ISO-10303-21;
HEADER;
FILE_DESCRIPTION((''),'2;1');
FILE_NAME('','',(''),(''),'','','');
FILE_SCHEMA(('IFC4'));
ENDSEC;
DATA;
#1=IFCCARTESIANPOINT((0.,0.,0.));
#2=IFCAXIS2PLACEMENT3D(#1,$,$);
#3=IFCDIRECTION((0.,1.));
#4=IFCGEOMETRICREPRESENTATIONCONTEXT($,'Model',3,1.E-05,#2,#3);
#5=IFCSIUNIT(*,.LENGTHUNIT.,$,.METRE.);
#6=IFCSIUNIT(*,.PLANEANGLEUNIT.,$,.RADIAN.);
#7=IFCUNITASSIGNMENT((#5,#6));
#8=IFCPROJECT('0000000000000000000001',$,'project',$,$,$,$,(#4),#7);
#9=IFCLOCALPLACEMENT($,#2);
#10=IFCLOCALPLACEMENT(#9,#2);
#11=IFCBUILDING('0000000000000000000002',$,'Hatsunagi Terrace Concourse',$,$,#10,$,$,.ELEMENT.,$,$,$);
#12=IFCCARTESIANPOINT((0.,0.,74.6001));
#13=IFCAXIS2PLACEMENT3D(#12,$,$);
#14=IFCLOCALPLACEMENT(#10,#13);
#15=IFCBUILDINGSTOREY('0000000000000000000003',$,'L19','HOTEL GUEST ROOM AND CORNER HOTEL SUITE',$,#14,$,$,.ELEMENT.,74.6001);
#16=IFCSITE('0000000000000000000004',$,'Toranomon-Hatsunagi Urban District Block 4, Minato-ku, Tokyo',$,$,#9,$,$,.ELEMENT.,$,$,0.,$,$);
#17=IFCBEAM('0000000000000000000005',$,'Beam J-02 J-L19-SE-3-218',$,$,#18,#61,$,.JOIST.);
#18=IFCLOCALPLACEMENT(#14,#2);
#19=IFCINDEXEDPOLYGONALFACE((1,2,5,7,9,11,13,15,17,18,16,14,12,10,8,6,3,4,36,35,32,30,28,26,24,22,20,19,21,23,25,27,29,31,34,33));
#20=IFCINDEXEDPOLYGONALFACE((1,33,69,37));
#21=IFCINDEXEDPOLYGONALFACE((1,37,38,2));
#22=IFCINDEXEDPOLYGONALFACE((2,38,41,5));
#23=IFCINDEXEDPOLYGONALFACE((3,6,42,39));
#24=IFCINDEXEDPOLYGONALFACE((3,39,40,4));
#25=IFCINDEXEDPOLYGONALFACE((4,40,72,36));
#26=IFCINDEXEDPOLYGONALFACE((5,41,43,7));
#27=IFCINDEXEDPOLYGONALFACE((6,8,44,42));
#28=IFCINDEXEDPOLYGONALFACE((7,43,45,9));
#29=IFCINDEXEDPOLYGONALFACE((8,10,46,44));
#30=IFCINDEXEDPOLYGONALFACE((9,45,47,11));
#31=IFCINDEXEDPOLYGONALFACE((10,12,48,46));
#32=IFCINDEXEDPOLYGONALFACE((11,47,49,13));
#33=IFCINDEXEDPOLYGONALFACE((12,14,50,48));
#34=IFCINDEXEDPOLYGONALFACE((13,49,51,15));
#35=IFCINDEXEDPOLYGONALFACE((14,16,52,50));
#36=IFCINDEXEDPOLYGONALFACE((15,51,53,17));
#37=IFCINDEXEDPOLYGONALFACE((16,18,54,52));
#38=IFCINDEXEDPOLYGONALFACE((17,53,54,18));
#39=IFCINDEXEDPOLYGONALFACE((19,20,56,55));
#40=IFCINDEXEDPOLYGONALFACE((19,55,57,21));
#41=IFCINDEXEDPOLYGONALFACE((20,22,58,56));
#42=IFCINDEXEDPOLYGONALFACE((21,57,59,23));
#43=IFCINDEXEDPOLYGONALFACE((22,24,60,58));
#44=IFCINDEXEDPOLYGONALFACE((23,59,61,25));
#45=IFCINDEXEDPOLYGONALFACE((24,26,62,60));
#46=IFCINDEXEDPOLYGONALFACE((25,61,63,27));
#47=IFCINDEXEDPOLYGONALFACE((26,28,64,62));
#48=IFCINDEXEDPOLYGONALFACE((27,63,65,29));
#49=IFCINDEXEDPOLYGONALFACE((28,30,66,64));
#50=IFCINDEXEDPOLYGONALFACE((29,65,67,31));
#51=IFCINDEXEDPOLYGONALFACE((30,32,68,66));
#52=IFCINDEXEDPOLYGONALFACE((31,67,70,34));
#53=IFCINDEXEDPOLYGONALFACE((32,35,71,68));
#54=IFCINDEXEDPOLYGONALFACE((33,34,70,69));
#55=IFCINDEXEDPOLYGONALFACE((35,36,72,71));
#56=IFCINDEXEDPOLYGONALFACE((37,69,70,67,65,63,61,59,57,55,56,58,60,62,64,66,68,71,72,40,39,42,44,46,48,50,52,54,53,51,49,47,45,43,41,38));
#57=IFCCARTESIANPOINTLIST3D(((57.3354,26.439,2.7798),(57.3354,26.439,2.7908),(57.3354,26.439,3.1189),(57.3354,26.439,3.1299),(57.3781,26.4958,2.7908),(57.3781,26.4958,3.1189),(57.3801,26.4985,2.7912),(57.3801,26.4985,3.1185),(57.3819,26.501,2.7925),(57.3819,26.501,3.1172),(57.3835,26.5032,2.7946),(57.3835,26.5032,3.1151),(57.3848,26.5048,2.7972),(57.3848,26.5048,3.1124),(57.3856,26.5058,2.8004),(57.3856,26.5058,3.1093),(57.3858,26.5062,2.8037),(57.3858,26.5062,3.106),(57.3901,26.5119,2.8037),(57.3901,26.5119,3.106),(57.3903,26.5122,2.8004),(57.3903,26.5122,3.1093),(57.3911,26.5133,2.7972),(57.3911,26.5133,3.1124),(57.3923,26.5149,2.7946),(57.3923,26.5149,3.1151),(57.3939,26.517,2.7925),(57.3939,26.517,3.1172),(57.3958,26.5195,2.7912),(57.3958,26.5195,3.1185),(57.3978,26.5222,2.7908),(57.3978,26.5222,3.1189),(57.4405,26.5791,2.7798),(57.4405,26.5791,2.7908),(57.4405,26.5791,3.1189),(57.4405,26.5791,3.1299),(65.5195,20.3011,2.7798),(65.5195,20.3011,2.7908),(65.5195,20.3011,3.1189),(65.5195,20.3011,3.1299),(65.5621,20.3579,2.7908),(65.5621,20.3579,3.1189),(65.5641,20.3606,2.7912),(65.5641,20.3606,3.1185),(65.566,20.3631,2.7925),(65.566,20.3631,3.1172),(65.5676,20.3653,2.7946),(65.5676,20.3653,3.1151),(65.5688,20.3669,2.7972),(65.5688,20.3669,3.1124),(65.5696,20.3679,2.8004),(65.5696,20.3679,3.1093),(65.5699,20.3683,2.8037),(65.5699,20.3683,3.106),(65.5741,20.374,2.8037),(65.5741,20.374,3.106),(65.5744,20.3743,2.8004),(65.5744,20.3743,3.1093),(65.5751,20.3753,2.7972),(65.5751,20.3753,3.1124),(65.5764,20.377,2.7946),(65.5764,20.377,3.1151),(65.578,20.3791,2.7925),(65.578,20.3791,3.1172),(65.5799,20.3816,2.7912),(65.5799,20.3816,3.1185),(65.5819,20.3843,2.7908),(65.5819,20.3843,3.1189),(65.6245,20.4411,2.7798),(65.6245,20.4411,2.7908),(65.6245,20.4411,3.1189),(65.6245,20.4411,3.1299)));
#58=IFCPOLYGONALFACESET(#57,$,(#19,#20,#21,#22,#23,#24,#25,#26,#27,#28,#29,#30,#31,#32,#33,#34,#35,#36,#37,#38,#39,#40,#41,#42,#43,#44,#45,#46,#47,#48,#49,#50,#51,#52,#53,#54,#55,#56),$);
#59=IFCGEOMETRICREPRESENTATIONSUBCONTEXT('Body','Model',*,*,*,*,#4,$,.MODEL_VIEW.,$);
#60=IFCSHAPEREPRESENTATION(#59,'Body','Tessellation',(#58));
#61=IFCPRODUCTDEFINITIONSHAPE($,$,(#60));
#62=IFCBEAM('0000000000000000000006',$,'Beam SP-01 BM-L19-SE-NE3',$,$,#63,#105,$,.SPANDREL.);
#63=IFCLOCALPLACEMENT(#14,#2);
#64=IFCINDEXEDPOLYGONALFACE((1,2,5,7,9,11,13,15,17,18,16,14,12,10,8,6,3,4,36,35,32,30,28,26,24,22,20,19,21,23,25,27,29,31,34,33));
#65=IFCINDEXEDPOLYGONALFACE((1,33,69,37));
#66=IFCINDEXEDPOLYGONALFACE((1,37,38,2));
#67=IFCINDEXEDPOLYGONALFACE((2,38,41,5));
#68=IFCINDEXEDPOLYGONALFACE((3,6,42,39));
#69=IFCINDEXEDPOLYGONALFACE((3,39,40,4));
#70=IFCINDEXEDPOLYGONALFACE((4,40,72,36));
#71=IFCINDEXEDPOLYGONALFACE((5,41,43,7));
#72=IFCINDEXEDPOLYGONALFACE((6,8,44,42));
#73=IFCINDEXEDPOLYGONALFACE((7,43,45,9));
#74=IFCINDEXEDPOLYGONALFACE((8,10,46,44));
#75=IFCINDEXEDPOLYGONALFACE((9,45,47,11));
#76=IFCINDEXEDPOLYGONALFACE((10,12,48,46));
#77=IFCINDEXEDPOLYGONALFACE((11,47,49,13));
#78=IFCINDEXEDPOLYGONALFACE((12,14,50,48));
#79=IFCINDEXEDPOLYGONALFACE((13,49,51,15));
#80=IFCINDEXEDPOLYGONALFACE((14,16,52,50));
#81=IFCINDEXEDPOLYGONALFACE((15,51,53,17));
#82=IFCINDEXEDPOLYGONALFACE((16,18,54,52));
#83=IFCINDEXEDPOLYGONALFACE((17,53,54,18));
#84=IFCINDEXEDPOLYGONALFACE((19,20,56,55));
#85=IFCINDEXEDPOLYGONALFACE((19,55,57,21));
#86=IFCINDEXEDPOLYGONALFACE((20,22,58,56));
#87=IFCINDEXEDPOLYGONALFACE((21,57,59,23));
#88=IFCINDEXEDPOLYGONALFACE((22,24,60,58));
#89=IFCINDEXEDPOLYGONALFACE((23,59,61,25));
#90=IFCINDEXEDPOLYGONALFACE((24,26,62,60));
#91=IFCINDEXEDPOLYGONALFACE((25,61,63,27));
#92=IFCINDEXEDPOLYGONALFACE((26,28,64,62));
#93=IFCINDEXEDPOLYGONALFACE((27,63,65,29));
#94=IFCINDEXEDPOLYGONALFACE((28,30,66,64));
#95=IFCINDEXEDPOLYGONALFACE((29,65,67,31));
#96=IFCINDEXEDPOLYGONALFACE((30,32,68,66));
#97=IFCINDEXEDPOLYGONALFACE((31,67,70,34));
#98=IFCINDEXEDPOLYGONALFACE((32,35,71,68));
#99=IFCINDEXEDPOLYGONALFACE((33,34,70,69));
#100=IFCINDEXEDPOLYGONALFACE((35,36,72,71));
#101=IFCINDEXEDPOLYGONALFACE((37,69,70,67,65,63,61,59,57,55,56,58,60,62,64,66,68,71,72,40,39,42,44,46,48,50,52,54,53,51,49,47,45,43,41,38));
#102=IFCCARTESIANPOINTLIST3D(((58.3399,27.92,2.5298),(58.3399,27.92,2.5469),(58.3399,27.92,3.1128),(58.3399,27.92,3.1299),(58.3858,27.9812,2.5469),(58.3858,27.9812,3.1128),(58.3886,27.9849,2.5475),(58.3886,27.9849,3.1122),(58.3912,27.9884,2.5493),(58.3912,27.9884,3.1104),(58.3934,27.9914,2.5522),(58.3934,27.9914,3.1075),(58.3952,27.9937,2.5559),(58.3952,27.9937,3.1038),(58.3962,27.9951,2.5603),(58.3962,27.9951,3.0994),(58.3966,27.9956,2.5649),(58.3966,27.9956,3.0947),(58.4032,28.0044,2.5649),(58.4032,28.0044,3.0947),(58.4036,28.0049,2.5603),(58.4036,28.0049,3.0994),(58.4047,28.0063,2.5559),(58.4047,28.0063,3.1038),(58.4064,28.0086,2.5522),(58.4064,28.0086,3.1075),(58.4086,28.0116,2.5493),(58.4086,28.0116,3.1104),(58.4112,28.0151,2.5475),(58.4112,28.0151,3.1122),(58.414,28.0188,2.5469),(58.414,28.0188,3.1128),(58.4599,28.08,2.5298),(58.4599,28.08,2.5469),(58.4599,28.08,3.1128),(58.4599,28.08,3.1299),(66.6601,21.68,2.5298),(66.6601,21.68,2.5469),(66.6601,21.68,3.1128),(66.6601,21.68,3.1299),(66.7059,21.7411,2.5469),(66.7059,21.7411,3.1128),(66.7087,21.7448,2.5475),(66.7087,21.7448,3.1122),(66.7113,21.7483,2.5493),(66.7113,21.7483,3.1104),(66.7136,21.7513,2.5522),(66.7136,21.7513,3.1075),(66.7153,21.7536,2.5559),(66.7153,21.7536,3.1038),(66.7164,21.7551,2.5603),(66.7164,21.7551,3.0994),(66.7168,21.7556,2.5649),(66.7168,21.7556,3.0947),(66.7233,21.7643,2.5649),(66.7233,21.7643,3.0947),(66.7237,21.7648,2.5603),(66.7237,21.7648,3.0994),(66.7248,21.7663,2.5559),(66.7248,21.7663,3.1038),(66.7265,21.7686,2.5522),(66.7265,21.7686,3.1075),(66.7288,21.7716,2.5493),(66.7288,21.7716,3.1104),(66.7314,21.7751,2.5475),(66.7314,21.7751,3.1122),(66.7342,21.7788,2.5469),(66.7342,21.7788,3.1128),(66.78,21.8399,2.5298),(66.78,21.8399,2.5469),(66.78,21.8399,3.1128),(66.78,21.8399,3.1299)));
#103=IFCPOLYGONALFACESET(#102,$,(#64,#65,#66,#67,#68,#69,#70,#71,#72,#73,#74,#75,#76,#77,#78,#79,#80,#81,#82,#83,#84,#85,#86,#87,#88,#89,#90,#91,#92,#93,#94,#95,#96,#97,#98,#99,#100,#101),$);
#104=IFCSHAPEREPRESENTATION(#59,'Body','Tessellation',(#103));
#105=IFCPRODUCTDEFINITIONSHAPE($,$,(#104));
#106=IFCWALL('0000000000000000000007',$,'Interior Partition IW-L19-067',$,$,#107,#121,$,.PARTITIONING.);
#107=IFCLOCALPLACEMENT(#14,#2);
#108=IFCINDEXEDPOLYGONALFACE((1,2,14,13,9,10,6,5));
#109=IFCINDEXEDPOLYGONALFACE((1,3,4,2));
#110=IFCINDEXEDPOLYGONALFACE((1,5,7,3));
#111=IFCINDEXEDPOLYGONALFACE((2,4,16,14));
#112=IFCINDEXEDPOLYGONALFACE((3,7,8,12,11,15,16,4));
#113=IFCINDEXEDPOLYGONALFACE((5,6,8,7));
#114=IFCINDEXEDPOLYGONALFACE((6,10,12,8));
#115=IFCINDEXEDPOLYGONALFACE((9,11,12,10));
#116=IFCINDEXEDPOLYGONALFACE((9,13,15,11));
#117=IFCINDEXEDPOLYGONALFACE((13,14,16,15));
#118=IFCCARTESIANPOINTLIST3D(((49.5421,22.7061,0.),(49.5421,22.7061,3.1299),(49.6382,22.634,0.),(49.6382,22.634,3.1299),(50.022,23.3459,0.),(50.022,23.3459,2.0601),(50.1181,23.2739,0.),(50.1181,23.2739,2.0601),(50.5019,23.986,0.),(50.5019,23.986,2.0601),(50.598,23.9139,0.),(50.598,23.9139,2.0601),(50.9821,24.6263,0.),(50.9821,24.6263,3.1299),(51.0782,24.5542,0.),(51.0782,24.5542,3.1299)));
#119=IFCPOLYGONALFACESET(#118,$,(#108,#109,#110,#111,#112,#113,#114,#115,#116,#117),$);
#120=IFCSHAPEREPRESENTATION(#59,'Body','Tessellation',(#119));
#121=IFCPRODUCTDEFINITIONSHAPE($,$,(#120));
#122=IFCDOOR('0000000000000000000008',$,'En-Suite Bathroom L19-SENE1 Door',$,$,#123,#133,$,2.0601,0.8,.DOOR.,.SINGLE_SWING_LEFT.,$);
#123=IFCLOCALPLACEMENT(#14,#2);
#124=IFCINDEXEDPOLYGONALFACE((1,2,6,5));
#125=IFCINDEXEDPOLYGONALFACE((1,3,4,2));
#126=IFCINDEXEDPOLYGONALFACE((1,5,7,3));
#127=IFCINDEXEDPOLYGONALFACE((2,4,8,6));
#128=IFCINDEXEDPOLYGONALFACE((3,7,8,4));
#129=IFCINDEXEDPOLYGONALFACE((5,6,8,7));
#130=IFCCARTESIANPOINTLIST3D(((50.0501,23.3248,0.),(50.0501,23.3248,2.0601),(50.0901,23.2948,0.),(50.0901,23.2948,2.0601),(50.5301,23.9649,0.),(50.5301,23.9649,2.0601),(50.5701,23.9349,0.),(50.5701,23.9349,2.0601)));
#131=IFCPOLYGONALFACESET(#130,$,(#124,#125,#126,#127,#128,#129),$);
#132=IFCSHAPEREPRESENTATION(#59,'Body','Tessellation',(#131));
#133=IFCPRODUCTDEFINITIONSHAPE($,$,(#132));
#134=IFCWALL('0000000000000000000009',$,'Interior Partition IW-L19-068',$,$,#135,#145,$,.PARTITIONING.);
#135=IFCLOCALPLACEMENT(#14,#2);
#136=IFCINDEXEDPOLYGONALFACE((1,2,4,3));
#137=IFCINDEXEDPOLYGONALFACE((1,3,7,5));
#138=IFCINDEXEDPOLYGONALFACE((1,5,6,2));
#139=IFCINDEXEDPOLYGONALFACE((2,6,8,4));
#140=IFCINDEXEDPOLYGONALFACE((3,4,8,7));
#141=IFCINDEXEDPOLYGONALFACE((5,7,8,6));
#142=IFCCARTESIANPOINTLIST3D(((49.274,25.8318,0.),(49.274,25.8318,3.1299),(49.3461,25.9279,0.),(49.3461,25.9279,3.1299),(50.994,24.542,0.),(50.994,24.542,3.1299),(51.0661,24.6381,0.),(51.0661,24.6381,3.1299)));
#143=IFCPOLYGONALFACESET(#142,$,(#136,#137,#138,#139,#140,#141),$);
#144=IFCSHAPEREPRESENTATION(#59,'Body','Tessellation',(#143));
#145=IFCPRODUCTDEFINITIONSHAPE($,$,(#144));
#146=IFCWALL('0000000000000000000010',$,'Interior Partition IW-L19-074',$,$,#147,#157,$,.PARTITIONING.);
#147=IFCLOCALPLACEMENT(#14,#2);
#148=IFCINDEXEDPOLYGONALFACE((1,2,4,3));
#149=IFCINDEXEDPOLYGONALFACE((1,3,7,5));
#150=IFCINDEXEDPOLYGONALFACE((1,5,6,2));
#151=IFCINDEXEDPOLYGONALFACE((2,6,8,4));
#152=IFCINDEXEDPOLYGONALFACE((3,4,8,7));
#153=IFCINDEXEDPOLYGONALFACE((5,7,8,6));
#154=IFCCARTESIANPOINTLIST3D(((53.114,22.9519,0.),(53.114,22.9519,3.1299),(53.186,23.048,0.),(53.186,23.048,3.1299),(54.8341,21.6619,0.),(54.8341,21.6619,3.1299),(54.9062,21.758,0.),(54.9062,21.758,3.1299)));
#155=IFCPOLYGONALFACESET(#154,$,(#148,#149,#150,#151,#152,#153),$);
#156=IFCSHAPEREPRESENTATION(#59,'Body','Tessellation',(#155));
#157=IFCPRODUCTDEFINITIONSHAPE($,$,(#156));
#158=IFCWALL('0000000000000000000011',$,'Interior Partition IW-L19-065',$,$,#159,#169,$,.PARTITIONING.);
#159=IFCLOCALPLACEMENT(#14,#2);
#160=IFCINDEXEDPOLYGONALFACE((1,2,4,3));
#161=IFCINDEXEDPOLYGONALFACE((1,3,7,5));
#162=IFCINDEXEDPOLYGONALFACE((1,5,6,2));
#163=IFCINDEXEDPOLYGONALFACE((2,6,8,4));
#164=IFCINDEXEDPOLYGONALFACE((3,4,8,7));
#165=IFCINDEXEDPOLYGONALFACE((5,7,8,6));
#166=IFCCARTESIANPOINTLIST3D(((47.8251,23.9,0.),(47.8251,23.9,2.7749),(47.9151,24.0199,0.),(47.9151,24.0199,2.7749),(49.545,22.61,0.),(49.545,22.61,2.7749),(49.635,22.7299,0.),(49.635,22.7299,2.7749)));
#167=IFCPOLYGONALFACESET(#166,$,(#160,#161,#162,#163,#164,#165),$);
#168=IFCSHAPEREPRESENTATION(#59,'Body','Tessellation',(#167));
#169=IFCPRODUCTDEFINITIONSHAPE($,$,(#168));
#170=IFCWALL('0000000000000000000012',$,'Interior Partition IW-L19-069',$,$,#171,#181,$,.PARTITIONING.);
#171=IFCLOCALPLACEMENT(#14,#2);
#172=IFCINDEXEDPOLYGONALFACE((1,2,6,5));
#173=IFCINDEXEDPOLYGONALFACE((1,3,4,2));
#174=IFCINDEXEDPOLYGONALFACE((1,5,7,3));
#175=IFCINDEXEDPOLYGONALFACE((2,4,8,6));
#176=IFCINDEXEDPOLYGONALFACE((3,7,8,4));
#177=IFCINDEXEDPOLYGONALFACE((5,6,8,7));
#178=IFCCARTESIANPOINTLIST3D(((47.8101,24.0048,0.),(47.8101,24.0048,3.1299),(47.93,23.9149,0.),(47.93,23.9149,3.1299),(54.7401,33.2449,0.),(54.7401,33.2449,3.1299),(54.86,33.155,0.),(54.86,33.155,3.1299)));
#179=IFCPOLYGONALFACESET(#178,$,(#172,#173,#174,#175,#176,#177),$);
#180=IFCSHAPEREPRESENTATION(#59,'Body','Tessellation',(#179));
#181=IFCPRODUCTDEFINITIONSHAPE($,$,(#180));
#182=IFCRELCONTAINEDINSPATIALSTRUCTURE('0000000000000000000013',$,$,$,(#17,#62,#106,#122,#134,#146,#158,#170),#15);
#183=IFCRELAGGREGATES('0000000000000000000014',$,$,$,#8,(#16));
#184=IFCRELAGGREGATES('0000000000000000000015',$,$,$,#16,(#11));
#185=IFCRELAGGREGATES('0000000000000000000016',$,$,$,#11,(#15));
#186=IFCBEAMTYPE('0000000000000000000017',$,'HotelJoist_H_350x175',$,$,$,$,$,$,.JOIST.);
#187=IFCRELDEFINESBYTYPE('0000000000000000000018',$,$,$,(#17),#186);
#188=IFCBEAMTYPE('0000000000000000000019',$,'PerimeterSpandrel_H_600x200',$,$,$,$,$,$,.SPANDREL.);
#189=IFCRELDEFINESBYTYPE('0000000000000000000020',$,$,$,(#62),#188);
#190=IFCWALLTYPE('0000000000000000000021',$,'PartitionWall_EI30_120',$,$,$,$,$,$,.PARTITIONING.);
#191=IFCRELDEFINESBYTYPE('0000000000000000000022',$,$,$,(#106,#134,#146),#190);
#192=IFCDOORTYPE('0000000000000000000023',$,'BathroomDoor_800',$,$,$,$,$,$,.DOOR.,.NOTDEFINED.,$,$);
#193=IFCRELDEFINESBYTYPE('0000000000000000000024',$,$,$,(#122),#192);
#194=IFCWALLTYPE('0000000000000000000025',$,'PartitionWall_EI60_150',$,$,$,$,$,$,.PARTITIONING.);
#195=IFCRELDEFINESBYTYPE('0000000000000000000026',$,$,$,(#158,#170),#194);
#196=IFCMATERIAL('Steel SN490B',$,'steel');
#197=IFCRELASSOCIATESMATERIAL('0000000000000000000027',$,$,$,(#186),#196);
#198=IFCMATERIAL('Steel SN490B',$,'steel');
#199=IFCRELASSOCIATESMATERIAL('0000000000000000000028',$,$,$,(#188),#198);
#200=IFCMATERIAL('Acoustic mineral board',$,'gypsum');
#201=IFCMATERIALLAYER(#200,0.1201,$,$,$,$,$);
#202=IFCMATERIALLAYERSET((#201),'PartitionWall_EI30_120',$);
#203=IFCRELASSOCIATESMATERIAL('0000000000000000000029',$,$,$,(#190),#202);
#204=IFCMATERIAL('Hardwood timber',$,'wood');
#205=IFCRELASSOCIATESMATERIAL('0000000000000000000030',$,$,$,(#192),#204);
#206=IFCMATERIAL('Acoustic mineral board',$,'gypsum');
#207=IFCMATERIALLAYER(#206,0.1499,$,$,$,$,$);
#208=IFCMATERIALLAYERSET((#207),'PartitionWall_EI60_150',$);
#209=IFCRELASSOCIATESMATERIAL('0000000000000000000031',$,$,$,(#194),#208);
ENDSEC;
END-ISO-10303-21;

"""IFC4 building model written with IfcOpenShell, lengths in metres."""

from ifc_helpers import new_model, si_unit, direction, frame, frame_2d, origin, origin_2d, place, context, subcontext, project, spatial, rectangle, i_section, extrude, material, layer, layer_set, material_profile, profile_set, type_object, element, fill, save


model = new_model("IFC4")

# Units and contexts
model_context = context("Model", 3, precision=1e-05, world=origin(), true_north=direction((0.0, 1.0)))
body_context = subcontext(model_context, "Body", "Model", "MODEL_VIEW")
ifc_project = project(units=[si_unit("LENGTHUNIT", "METRE"), si_unit("PLANEANGLEUNIT", "RADIAN")], contexts=[model_context])

# Site, building, storey
site_placement = place(None, origin())
site = spatial("IfcSite", under=ifc_project, at=site_placement, Name="Toranomon-Hatsunagi Urban District Block 4, Minato-ku, Tokyo", CompositionType="ELEMENT", RefElevation=0.0)
building_placement = place(site_placement, origin())
building = spatial("IfcBuilding", under=site, at=building_placement, Name="Hatsunagi Terrace Concourse", CompositionType="ELEMENT")
storey_placement = place(building_placement, frame((0.0, 0.0, 74.6001)))
storey = spatial("IfcBuildingStorey", under=building, at=storey_placement, Name="L19", Description="HOTEL GUEST ROOM AND CORNER HOTEL SUITE", CompositionType="ELEMENT", Elevation=74.6001)

# Beams
ifc_material_1 = material(Name="Steel SN490B", Category="steel")
ifc_material_profile_1 = material_profile(ifc_material_1, i_section(OverallWidth=0.175, OverallDepth=0.3501, WebThickness=0.0071, FlangeThickness=0.011, FilletRadius=0.0129, at=origin_2d()), Name="H-350x175x7x11")
ifc_profile_set_1 = profile_set([ifc_material_profile_1], Name="Steel SN490B")
beam_type_1 = type_object("IfcBeamType", Name="HotelJoist_H_350x175", PredefinedType="JOIST", material=ifc_profile_set_1)
beam_1_placement = place(storey_placement, frame((57.3879, 26.509, 2.9548), z_axis=(0.800006, -0.599992, 0.0), x_axis=(0.599992, 0.800006, 0.0)))
element("IfcBeam", 1, at=beam_1_placement, inside=storey, type_object=beam_type_1, Name="Beam J-02 J-L19-SE-3-218", PredefinedType="JOIST", context=body_context, shape_type="SweptSolid", body=[
    extrude(i_section(OverallWidth=0.175, OverallDepth=0.3501, WebThickness=0.0071, FlangeThickness=0.011, FilletRadius=0.0129, at=origin_2d()), origin(), (0.0, 0.0, 1.0), 10.23),
])
ifc_material_2 = material(Name="Steel SN490B", Category="steel")
ifc_material_profile_2 = material_profile(ifc_material_2, i_section(OverallWidth=0.2, OverallDepth=0.6001, WebThickness=0.011, FlangeThickness=0.0171, FilletRadius=0.0181, at=origin_2d()), Name="H-600x200x11x17")
ifc_profile_set_2 = profile_set([ifc_material_profile_2], Name="Steel SN490B")
beam_type_2 = type_object("IfcBeamType", Name="PerimeterSpandrel_H_600x200", PredefinedType="SPANDREL", material=ifc_profile_set_2)
beam_2_placement = place(storey_placement, frame((58.3999, 28.0, 2.8298), z_axis=(0.800003, -0.599996, 0.0), x_axis=(0.599996, 0.800003, 0.0)))
element("IfcBeam", 2, at=beam_2_placement, inside=storey, type_object=beam_type_2, Name="Beam SP-01 BM-L19-SE-NE3", PredefinedType="SPANDREL", context=body_context, shape_type="SweptSolid", body=[
    extrude(i_section(OverallWidth=0.2, OverallDepth=0.6001, WebThickness=0.011, FlangeThickness=0.0171, FilletRadius=0.0181, at=origin_2d()), origin(), (0.0, 0.0, 1.0), 10.4001),
])

# Wall, opening, door
ifc_material_3 = material(Name="Acoustic mineral board", Category="gypsum")
ifc_layer_1 = layer(ifc_material_3, 0.1201)
ifc_layer_set_1 = layer_set([ifc_layer_1], Name="PartitionWall_EI30_120")
wall_type_1 = type_object("IfcWallType", Name="PartitionWall_EI30_120", PredefinedType="PARTITIONING", material=ifc_layer_set_1)
wall_1_placement = place(storey_placement, frame((49.5901, 22.6699, 0.0), z_axis=(0.0, 0.0, 1.0), x_axis=(0.599951, 0.800037, 0.0)))
wall_1 = element("IfcWall", 3, at=wall_1_placement, inside=storey, type_object=wall_type_1, Name="Interior Partition IW-L19-067", PredefinedType="PARTITIONING", context=body_context, shape_type="SweptSolid", body=[
    extrude(rectangle(XDim=2.4001, YDim=0.1201, at=frame_2d((1.2002, 0.0))), origin(), (0.0, 0.0, 1.0), 3.1299),
])
opening_1_placement = place(wall_1_placement, frame((0.8, 0.0, 0.0)))
opening_1 = element("IfcOpeningElement", 4, at=opening_1_placement, cuts=wall_1, PredefinedType="OPENING", context=body_context, shape_type="SweptSolid", body=[
    extrude(rectangle(XDim=0.8, YDim=2.0601, at=frame_2d((0.3999, 1.03))), frame((0.0, 0.0701, 0.0), z_axis=(0.0, -1.0, 0.0), x_axis=(1.0, 0.0, 0.0)), (0.0, 0.0, 1.0), 0.1401),
])
ifc_material_4 = material(Name="Hardwood timber", Category="wood")
door_type_1 = type_object("IfcDoorType", Name="BathroomDoor_800", OperationType="NOTDEFINED", PredefinedType="DOOR", material=ifc_material_4)
door_1_placement = place(opening_1_placement, origin())
door_1 = element("IfcDoor", 5, at=door_1_placement, inside=storey, type_object=door_type_1, Name="En-Suite Bathroom L19-SENE1 Door", OperationType="SINGLE_SWING_LEFT", OverallHeight=2.0601, OverallWidth=0.8, PredefinedType="DOOR", context=body_context, shape_type="SweptSolid", body=[
    extrude(rectangle(XDim=0.8, YDim=2.0601, at=frame_2d((0.3999, 1.03))), frame((0.0, 0.0249, 0.0), z_axis=(0.0, -1.0, 0.0), x_axis=(1.0, 0.0, 0.0)), (0.0, 0.0, 1.0), 0.05),
])
fill(opening_1, door_1)

# Walls
wall_2_placement = place(storey_placement, frame((49.3101, 25.8799, 0.0), z_axis=(0.0, 0.0, 1.0), x_axis=(0.800041, -0.599945, 0.0)))
element("IfcWall", 6, at=wall_2_placement, inside=storey, type_object=wall_type_1, Name="Interior Partition IW-L19-068", PredefinedType="PARTITIONING", context=body_context, shape_type="SweptSolid", body=[
    extrude(rectangle(XDim=2.1499, YDim=0.1201, at=frame_2d((1.075, 0.0))), origin(), (0.0, 0.0, 1.0), 3.1299),
])
wall_3_placement = place(storey_placement, frame((53.1499, 23.0, 0.0), z_axis=(0.0, 0.0, 1.0), x_axis=(0.800027, -0.599964, 0.0)))
element("IfcWall", 7, at=wall_3_placement, inside=storey, type_object=wall_type_1, Name="Interior Partition IW-L19-074", PredefinedType="PARTITIONING", context=body_context, shape_type="SweptSolid", body=[
    extrude(rectangle(XDim=2.1501, YDim=0.1201, at=frame_2d((1.0752, 0.0))), origin(), (0.0, 0.0, 1.0), 3.1299),
])
ifc_material_5 = material(Name="Acoustic mineral board", Category="gypsum")
ifc_layer_2 = layer(ifc_material_5, 0.1499)
ifc_layer_set_2 = layer_set([ifc_layer_2], Name="PartitionWall_EI60_150")
wall_type_2 = type_object("IfcWallType", Name="PartitionWall_EI60_150", PredefinedType="PARTITIONING", material=ifc_layer_set_2)
wall_4_placement = place(storey_placement, frame((47.8701, 23.96, 0.0), z_axis=(0.0, 0.0, 1.0), x_axis=(0.799986, -0.600018, 0.0)))
element("IfcWall", 8, at=wall_4_placement, inside=storey, type_object=wall_type_2, Name="Interior Partition IW-L19-065", PredefinedType="PARTITIONING", context=body_context, shape_type="SweptSolid", body=[
    extrude(rectangle(XDim=2.1499, YDim=0.1499, at=frame_2d((1.075, 0.0))), origin(), (0.0, 0.0, 1.0), 2.7749),
])

# Wall
wall_5_placement = place(storey_placement, frame((47.8701, 23.96, 0.0), z_axis=(0.0, 0.0, 1.0), x_axis=(0.599997, 0.800003, 0.0)))
element("IfcWall", 9, at=wall_5_placement, inside=storey, type_object=wall_type_2, Name="Interior Partition IW-L19-069", PredefinedType="PARTITIONING", context=body_context, shape_type="SweptSolid", body=[
    extrude(rectangle(XDim=11.55, YDim=0.1499, at=frame_2d((5.7749, 0.0))), origin(), (0.0, 0.0, 1.0), 3.1299),
])

save(model, "model.ifc")
